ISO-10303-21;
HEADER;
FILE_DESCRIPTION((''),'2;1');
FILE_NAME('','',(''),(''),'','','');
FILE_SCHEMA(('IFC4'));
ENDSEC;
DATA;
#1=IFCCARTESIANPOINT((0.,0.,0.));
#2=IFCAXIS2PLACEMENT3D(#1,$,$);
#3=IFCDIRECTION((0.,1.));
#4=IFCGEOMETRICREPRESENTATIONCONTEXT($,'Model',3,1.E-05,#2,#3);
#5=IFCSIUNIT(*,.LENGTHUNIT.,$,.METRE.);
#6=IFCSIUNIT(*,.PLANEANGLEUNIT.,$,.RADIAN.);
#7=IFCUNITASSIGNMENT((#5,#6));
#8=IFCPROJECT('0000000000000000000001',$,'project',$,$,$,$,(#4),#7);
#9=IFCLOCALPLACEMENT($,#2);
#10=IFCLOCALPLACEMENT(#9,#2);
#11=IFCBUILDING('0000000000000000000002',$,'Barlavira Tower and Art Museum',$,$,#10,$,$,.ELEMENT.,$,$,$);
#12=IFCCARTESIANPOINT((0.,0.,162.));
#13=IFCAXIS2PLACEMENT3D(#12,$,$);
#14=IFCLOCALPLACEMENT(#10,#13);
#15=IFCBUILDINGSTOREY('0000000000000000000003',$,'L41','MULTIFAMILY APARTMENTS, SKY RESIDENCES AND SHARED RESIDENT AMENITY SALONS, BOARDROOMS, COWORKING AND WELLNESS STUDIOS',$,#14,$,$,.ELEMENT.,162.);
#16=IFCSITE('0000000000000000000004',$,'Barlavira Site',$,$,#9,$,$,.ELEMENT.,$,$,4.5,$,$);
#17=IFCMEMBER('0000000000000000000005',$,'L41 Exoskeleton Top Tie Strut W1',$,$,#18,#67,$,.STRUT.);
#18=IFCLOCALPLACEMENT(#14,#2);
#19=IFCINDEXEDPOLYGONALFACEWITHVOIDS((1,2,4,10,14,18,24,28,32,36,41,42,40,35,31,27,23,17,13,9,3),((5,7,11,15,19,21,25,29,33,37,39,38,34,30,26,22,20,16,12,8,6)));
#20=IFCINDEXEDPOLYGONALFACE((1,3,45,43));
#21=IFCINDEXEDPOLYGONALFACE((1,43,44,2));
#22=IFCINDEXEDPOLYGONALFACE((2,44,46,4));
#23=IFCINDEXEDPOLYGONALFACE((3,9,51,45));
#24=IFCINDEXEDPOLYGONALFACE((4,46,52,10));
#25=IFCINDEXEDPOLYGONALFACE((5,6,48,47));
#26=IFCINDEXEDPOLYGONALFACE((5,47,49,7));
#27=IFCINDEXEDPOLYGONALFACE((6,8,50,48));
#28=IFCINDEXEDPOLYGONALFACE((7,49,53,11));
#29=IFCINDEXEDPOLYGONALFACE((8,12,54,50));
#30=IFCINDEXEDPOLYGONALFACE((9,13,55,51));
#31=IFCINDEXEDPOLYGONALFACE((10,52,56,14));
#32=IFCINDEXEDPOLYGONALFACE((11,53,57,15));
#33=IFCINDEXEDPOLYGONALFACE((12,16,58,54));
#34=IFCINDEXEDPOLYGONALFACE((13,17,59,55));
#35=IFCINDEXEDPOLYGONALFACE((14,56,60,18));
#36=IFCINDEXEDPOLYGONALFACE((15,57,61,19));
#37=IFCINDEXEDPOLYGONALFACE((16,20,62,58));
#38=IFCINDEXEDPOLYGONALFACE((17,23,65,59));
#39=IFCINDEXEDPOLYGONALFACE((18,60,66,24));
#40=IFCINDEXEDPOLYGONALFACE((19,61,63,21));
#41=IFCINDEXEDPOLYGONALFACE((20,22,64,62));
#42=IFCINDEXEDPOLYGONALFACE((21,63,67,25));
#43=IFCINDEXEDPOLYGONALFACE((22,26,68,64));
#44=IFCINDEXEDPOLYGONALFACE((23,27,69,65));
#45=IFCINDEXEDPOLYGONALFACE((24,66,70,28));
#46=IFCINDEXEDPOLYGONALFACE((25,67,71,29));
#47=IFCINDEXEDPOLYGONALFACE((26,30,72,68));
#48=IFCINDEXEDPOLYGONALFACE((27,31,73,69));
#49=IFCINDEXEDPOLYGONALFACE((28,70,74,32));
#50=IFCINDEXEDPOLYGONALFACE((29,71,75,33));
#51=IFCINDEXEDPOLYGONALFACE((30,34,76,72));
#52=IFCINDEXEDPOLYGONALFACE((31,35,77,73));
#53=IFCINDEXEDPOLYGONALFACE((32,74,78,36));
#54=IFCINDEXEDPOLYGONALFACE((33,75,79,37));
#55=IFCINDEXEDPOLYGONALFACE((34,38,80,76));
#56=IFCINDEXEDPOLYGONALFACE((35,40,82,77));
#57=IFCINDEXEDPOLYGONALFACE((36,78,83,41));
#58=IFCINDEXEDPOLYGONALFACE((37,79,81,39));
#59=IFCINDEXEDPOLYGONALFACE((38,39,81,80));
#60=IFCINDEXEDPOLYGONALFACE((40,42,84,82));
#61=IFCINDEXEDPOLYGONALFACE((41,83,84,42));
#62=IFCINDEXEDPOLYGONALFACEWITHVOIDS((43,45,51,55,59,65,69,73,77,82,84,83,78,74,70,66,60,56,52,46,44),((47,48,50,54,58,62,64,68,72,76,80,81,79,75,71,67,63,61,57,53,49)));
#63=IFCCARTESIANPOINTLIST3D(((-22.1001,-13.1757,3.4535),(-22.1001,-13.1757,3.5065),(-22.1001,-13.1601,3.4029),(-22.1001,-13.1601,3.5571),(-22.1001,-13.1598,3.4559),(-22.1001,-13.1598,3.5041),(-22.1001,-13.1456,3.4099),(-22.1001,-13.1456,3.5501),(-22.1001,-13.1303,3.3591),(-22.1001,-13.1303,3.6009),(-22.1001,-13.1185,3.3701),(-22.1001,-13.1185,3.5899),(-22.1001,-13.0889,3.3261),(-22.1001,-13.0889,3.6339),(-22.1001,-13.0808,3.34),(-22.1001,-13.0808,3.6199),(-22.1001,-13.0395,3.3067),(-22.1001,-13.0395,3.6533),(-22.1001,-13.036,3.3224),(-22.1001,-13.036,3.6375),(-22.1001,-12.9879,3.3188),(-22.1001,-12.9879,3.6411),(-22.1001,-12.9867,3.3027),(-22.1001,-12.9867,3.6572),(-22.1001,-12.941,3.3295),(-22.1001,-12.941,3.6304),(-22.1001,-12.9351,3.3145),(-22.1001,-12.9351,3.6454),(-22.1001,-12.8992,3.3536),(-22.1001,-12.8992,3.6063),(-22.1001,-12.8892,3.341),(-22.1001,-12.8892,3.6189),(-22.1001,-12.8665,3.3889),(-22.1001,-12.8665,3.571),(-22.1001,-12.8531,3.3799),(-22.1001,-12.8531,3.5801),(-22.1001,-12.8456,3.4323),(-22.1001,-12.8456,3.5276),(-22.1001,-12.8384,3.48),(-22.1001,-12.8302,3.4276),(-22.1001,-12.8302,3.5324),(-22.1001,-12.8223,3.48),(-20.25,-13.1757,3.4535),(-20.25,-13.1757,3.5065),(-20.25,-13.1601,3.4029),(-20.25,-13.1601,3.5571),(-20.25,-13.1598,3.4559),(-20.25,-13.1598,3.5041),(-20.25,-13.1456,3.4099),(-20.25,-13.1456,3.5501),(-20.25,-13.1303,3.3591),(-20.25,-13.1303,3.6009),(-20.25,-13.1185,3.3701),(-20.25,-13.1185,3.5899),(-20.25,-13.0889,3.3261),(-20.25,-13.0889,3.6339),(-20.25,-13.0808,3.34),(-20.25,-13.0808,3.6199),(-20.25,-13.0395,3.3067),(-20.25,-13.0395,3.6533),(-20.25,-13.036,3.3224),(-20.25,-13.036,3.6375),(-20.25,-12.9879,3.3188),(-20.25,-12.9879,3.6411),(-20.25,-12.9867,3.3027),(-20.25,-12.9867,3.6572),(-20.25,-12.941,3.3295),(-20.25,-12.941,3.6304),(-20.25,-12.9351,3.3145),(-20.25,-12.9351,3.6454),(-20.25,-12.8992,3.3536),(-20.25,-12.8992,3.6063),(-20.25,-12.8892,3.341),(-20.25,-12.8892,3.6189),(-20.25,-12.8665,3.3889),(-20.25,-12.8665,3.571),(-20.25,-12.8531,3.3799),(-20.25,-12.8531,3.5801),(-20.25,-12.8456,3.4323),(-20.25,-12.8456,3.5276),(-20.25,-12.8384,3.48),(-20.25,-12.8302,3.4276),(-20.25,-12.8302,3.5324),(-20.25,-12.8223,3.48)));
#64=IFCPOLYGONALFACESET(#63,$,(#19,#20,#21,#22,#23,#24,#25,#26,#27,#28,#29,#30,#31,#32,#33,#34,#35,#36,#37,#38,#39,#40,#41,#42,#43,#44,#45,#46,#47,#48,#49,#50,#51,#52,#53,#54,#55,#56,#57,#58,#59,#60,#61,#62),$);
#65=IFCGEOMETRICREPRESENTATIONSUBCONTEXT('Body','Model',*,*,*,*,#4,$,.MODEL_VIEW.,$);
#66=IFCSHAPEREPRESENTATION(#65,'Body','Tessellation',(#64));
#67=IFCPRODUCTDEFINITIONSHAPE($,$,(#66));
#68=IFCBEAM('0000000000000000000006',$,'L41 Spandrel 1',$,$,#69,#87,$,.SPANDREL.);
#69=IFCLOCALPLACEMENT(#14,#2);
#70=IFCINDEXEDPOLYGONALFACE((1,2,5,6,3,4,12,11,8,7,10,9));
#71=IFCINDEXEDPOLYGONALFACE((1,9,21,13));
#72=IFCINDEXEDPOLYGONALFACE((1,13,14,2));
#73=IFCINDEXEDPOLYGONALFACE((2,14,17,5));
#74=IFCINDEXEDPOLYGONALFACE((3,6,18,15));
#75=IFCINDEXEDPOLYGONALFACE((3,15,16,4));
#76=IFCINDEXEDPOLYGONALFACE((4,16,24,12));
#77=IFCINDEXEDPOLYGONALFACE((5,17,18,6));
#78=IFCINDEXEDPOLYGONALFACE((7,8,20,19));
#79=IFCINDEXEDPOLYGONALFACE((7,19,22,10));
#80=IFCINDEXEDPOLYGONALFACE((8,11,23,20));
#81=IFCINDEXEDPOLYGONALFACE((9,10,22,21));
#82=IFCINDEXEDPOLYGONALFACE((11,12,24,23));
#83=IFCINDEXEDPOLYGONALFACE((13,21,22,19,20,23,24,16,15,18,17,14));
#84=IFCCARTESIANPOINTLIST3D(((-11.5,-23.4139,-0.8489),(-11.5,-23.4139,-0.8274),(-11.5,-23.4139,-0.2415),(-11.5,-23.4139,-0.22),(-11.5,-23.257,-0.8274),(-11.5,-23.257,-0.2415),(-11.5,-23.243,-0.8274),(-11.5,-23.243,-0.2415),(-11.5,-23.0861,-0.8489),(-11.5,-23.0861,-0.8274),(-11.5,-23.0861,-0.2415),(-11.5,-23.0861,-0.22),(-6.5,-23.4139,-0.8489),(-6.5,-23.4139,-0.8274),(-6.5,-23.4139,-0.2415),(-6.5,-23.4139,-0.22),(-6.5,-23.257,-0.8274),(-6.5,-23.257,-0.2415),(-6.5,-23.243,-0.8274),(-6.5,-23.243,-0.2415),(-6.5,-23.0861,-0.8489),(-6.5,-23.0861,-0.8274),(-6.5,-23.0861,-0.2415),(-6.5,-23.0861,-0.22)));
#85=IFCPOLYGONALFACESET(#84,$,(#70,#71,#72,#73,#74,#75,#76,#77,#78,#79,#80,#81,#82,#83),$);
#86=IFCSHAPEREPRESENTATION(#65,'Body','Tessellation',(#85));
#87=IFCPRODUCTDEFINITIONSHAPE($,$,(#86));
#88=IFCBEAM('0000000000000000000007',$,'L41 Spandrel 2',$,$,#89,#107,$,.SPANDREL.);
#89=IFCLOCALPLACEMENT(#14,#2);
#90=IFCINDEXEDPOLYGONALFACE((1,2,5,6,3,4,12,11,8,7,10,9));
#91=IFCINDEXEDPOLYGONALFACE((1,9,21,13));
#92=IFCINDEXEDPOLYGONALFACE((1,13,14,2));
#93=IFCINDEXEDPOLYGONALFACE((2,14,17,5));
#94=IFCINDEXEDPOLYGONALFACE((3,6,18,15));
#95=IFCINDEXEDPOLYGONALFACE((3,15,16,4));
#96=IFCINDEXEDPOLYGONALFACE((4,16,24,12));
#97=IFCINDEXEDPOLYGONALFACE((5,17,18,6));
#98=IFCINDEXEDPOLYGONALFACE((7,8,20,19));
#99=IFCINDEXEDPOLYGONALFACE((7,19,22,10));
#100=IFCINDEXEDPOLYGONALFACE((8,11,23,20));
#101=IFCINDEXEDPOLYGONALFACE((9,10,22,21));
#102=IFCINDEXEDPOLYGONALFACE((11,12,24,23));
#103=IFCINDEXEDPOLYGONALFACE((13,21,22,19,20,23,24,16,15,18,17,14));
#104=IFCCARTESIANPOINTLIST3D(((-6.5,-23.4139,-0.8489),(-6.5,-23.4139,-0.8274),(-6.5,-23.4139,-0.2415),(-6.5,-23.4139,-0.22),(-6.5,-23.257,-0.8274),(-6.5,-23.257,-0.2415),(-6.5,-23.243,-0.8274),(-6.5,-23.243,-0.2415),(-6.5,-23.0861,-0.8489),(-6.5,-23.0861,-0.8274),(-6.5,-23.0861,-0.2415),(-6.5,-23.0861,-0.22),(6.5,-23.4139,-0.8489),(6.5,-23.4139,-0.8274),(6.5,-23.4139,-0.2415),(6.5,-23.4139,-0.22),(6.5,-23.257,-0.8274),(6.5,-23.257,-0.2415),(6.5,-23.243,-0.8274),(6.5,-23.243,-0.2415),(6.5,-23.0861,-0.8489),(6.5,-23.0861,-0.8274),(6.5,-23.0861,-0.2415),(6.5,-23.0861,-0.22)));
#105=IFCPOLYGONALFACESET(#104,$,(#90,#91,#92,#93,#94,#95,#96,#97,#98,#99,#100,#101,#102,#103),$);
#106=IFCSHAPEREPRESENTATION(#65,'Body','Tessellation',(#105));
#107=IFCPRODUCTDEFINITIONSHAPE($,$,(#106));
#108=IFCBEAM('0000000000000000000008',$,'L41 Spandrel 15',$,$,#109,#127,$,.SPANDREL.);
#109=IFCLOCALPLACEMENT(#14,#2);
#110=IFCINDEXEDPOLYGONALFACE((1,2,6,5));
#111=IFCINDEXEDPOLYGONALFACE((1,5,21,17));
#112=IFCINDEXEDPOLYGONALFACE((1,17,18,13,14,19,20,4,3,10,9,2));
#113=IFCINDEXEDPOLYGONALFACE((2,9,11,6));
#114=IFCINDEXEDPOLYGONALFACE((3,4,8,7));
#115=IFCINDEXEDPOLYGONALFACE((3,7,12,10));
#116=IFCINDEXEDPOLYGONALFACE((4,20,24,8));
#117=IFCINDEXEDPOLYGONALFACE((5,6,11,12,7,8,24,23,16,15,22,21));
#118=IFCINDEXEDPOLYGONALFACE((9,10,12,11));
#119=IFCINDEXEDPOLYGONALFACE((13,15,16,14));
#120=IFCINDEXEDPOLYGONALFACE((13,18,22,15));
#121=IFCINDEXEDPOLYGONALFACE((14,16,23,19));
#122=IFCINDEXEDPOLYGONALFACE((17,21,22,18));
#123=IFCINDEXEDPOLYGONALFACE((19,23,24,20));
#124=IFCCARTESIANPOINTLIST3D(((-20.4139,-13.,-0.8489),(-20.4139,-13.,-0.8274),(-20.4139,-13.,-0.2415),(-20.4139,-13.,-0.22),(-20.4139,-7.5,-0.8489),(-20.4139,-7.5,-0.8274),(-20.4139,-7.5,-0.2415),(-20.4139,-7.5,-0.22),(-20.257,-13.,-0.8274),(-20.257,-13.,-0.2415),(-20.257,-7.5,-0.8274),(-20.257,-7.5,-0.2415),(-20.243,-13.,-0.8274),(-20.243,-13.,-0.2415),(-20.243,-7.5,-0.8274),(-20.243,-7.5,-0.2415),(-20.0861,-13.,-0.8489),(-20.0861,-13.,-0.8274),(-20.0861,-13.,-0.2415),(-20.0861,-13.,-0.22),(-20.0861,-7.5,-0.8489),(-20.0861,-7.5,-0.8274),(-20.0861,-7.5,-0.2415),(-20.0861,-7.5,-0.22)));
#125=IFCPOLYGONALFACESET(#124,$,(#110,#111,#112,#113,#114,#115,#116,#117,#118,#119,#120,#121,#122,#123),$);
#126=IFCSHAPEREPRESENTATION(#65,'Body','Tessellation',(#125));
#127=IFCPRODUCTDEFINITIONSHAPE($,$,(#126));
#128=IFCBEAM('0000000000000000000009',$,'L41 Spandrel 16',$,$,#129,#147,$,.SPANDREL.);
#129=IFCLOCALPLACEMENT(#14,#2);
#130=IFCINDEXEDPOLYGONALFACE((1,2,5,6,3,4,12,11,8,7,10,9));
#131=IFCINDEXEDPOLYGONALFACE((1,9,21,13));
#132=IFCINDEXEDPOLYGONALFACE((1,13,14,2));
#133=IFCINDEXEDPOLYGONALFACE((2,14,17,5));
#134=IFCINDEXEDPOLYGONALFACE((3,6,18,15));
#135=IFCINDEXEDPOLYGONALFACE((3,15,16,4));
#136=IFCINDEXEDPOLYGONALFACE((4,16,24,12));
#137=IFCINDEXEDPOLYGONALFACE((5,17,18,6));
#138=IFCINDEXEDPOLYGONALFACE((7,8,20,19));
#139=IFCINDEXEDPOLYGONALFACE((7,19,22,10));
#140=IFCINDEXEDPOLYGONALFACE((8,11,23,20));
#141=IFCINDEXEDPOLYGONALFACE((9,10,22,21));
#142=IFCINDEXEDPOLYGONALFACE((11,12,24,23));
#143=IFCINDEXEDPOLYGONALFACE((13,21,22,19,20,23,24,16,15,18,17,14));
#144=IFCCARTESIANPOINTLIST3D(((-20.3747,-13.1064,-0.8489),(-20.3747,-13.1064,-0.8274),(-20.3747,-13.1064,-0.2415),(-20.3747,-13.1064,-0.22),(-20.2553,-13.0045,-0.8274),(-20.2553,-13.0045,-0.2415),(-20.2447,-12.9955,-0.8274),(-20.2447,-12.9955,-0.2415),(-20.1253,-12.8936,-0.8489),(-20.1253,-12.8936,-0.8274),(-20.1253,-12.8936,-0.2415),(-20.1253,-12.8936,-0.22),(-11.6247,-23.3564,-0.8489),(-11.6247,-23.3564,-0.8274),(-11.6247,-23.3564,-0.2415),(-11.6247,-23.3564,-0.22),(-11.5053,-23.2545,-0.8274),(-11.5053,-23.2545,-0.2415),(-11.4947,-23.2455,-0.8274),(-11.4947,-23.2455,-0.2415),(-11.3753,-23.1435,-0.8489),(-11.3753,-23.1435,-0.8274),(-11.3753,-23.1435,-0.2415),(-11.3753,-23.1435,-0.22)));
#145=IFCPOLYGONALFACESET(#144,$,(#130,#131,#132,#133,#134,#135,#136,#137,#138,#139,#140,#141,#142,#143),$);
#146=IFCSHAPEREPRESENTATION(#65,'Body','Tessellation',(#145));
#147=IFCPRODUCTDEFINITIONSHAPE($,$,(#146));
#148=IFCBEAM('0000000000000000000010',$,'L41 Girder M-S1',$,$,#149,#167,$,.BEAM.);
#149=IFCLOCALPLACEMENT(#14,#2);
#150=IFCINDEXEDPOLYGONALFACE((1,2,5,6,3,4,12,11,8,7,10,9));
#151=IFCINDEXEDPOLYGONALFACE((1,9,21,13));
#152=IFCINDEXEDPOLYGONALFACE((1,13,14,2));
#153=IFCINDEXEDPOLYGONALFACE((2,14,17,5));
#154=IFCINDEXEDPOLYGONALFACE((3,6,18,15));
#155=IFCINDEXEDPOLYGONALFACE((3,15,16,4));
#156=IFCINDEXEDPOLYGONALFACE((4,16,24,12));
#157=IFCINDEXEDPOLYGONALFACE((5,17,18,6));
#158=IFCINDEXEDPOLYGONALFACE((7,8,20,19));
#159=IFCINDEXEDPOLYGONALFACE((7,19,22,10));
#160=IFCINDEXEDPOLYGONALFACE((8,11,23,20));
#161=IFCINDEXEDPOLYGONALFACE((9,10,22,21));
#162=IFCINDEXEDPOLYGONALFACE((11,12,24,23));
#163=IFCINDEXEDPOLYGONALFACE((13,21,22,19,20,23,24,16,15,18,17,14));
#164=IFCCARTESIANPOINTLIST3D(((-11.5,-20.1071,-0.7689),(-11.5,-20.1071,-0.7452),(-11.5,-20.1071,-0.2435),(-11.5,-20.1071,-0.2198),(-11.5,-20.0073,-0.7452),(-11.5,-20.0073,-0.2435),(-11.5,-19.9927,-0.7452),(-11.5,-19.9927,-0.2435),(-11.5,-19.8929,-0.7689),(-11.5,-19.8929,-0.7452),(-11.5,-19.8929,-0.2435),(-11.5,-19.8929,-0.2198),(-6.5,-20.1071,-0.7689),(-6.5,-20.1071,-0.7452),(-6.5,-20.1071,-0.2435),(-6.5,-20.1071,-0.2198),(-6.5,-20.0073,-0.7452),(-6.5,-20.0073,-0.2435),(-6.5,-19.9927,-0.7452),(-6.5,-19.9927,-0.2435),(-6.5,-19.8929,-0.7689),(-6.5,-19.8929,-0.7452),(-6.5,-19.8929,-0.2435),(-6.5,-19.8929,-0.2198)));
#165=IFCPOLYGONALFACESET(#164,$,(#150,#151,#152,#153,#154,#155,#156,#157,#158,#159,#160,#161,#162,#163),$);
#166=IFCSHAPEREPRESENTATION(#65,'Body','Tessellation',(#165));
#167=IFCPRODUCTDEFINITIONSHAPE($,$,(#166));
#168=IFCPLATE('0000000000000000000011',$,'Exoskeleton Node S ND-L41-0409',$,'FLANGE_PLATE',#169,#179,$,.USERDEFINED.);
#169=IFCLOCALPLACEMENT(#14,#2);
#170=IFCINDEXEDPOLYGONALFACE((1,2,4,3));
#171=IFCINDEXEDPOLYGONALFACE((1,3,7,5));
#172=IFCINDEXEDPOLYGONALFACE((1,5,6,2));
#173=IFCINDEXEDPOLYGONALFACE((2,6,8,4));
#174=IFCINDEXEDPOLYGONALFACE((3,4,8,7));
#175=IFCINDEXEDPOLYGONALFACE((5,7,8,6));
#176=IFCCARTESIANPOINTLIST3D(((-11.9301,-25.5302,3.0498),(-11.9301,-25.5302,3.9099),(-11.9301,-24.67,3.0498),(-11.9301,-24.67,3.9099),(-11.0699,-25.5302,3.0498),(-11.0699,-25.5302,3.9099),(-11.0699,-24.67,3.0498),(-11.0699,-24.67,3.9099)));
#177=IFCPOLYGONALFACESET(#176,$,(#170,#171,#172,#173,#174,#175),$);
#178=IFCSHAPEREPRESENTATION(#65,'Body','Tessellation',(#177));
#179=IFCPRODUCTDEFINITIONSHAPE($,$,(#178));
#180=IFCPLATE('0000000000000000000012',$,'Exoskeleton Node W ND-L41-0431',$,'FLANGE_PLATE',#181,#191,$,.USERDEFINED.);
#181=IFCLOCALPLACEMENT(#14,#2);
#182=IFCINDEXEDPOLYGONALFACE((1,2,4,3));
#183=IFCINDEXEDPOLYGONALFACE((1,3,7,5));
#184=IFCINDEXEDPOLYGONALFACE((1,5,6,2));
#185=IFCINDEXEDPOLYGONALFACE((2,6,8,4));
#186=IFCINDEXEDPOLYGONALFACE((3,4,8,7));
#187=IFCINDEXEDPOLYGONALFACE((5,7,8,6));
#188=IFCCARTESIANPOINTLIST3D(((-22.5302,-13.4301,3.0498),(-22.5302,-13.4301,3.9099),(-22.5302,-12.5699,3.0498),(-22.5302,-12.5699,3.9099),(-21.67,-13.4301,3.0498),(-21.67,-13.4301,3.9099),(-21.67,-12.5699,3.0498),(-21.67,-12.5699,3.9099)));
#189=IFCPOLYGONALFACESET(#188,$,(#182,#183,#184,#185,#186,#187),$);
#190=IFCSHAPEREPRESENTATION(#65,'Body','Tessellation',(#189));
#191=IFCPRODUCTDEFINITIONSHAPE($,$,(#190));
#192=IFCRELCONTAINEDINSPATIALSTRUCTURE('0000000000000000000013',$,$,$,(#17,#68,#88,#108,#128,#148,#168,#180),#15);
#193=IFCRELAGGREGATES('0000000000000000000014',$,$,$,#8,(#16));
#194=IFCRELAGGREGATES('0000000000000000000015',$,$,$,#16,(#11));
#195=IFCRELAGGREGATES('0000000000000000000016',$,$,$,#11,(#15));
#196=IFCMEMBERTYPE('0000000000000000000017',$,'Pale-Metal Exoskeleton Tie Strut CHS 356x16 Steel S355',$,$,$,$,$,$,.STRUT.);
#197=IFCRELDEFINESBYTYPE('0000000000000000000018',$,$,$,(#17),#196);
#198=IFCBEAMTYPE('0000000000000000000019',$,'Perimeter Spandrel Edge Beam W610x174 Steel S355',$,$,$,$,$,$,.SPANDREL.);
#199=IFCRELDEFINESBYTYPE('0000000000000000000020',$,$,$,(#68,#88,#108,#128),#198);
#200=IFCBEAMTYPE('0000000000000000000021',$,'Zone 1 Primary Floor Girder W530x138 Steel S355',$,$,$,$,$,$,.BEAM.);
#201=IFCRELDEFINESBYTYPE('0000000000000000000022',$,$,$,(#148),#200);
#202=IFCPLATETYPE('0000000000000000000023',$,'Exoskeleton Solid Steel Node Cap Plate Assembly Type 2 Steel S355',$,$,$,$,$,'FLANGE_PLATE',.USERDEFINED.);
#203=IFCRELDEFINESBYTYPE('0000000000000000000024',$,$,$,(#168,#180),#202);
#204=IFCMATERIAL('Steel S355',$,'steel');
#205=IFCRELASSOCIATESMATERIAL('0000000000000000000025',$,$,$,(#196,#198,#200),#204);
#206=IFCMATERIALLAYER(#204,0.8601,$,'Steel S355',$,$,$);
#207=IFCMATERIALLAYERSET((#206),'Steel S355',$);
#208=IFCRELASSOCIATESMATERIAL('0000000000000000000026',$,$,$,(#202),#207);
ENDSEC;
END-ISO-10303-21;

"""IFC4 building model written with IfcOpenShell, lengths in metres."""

from ifc_helpers import new_model, si_unit, direction, frame, origin, origin_2d, place, context, subcontext, project, spatial, rectangle, hollow_circle, i_section, extrude, material, layer, layer_set, material_profile, profile_set, type_object, element, save


model = new_model("IFC4")

# Units and contexts
model_context = context("Model", 3, precision=1e-05, world=origin(), true_north=direction((0.0, 1.0)))
body_context = subcontext(model_context, "Body", "Model", "MODEL_VIEW")
ifc_project = project(units=[si_unit("LENGTHUNIT", "METRE"), si_unit("PLANEANGLEUNIT", "RADIAN")], contexts=[model_context])

# Site, building, storey
site_placement = place(None, origin())
site = spatial("IfcSite", under=ifc_project, at=site_placement, Name="Barlavira Site", CompositionType="ELEMENT", RefElevation=4.5)
building_placement = place(site_placement, origin())
building = spatial("IfcBuilding", under=site, at=building_placement, Name="Barlavira Tower and Art Museum", CompositionType="ELEMENT")
storey_placement = place(building_placement, frame((0.0, 0.0, 162.0)))
storey = spatial("IfcBuildingStorey", under=building, at=storey_placement, Name="L41", Description="MULTIFAMILY APARTMENTS, SKY RESIDENCES AND SHARED RESIDENT AMENITY SALONS, BOARDROOMS, COWORKING AND WELLNESS STUDIOS", CompositionType="ELEMENT", Elevation=162.0)

# Member
ifc_material_1 = material(Name="Steel S355", Category="steel")
ifc_material_profile_1 = material_profile(ifc_material_1, hollow_circle(Radius=0.1777, WallThickness=0.0161, at=origin_2d()), Name="CHS 355.6x16.0")
ifc_profile_set_1 = profile_set([ifc_material_profile_1], Name="Steel S355")
member_type_1 = type_object("IfcMemberType", Name="Pale-Metal Exoskeleton Tie Strut CHS 356x16 Steel S355", PredefinedType="STRUT", material=ifc_profile_set_1)
for number, where, z_axis, x_axis, name in (
    (1, (-22.1001, -13.0, 3.48), (1.0, 0.0, 0.0), (0.0, 1.0, 0.0), "L41 Exoskeleton Top Tie Strut W1"),
):
    element("IfcMember", number, at=place(storey_placement, frame(where, z_axis=z_axis, x_axis=x_axis)), inside=storey, type_object=member_type_1, Name=name, PredefinedType="STRUT", context=body_context, shape_type="SweptSolid", body=[
        extrude(hollow_circle(Radius=0.1777, WallThickness=0.0161, at=origin_2d()), origin(), (0.0, 0.0, 1.0), 1.8501),
    ])

# Beams
ifc_material_profile_2 = material_profile(ifc_material_1, i_section(OverallWidth=0.3279, OverallDepth=0.6289, WebThickness=0.0139, FlangeThickness=0.0215, at=origin_2d()), Name="W610x174.0")
ifc_profile_set_2 = profile_set([ifc_material_profile_2], Name="Steel S355")
beam_type_1 = type_object("IfcBeamType", Name="Perimeter Spandrel Edge Beam W610x174 Steel S355", PredefinedType="SPANDREL", material=ifc_profile_set_2)
beam_1_placement = place(storey_placement, frame((-11.5, -23.25, -0.5344), z_axis=(1.0, 0.0, 0.0), x_axis=(0.0, 1.0, 0.0)))
element("IfcBeam", 2, at=beam_1_placement, inside=storey, type_object=beam_type_1, Name="L41 Spandrel 1", PredefinedType="SPANDREL", context=body_context, shape_type="SweptSolid", body=[
    extrude(i_section(OverallWidth=0.3279, OverallDepth=0.6289, WebThickness=0.0139, FlangeThickness=0.0215, at=origin_2d()), origin(), (0.0, 0.0, 1.0), 5.0),
])
beam_2_placement = place(storey_placement, frame((-6.5, -23.25, -0.5344), z_axis=(1.0, 0.0, 0.0), x_axis=(0.0, 1.0, 0.0)))
element("IfcBeam", 3, at=beam_2_placement, inside=storey, type_object=beam_type_1, Name="L41 Spandrel 2", PredefinedType="SPANDREL", context=body_context, shape_type="SweptSolid", body=[
    extrude(i_section(OverallWidth=0.3279, OverallDepth=0.6289, WebThickness=0.0139, FlangeThickness=0.0215, at=origin_2d()), origin(), (0.0, 0.0, 1.0), 13.0),
])
beam_3_placement = place(storey_placement, frame((-20.25, -13.0, -0.5344), z_axis=(0.0, 1.0, 0.0), x_axis=(-1.0, 0.0, 0.0)))
element("IfcBeam", 4, at=beam_3_placement, inside=storey, type_object=beam_type_1, Name="L41 Spandrel 15", PredefinedType="SPANDREL", context=body_context, shape_type="SweptSolid", body=[
    extrude(i_section(OverallWidth=0.3279, OverallDepth=0.6289, WebThickness=0.0139, FlangeThickness=0.0215, at=origin_2d()), origin(), (0.0, 0.0, 1.0), 5.5),
])
beam_4_placement = place(storey_placement, frame((-20.25, -13.0, -0.5344), z_axis=(0.649262, -0.760565, 0.0), x_axis=(0.760565, 0.649262, 0.0)))
element("IfcBeam", 5, at=beam_4_placement, inside=storey, type_object=beam_type_1, Name="L41 Spandrel 16", PredefinedType="SPANDREL", context=body_context, shape_type="SweptSolid", body=[
    extrude(i_section(OverallWidth=0.3279, OverallDepth=0.6289, WebThickness=0.0139, FlangeThickness=0.0215, at=origin_2d()), origin(), (0.0, 0.0, 1.0), 13.4768),
])
ifc_material_profile_3 = material_profile(ifc_material_1, i_section(OverallWidth=0.2141, OverallDepth=0.5491, WebThickness=0.0146, FlangeThickness=0.0237, at=origin_2d()), Name="W530x138.0")
ifc_profile_set_3 = profile_set([ifc_material_profile_3], Name="Steel S355")
beam_type_2 = type_object("IfcBeamType", Name="Zone 1 Primary Floor Girder W530x138 Steel S355", PredefinedType="BEAM", material=ifc_profile_set_3)
beam_5_placement = place(storey_placement, frame((-11.5, -20.0, -0.4944), z_axis=(1.0, 0.0, 0.0), x_axis=(0.0, 1.0, 0.0)))
element("IfcBeam", 6, at=beam_5_placement, inside=storey, type_object=beam_type_2, Name="L41 Girder M-S1", PredefinedType="BEAM", context=body_context, shape_type="SweptSolid", body=[
    extrude(i_section(OverallWidth=0.2141, OverallDepth=0.5491, WebThickness=0.0146, FlangeThickness=0.0237, at=origin_2d()), origin(), (0.0, 0.0, 1.0), 5.0),
])

# Plates
ifc_layer_1 = layer(ifc_material_1, 0.8601, Name="Steel S355")
ifc_layer_set_1 = layer_set([ifc_layer_1], Name="Steel S355")
plate_type_1 = type_object("IfcPlateType", Name="Exoskeleton Solid Steel Node Cap Plate Assembly Type 2 Steel S355", ElementType="FLANGE_PLATE", PredefinedType="USERDEFINED", material=ifc_layer_set_1)
for number, where, z_axis, x_axis, name in (
    (7, (-11.5, -25.1001, 3.0498), (0.0, 0.0, 1.0), (1.0, 0.0, 0.0), "Exoskeleton Node S ND-L41-0409"),
    (8, (-22.1001, -13.0, 3.0498), (0.0, 0.0, 1.0), (1.0, 0.0, 0.0), "Exoskeleton Node W ND-L41-0431"),
):
    element("IfcPlate", number, at=place(storey_placement, frame(where, z_axis=z_axis, x_axis=x_axis)), inside=storey, type_object=plate_type_1, Name=name, ObjectType="FLANGE_PLATE", PredefinedType="USERDEFINED", context=body_context, shape_type="SweptSolid", body=[
        extrude(rectangle(XDim=0.8601, YDim=0.8601, at=origin_2d()), origin(), (0.0, 0.0, 1.0), 0.8601),
    ])

save(model, "model.ifc")
